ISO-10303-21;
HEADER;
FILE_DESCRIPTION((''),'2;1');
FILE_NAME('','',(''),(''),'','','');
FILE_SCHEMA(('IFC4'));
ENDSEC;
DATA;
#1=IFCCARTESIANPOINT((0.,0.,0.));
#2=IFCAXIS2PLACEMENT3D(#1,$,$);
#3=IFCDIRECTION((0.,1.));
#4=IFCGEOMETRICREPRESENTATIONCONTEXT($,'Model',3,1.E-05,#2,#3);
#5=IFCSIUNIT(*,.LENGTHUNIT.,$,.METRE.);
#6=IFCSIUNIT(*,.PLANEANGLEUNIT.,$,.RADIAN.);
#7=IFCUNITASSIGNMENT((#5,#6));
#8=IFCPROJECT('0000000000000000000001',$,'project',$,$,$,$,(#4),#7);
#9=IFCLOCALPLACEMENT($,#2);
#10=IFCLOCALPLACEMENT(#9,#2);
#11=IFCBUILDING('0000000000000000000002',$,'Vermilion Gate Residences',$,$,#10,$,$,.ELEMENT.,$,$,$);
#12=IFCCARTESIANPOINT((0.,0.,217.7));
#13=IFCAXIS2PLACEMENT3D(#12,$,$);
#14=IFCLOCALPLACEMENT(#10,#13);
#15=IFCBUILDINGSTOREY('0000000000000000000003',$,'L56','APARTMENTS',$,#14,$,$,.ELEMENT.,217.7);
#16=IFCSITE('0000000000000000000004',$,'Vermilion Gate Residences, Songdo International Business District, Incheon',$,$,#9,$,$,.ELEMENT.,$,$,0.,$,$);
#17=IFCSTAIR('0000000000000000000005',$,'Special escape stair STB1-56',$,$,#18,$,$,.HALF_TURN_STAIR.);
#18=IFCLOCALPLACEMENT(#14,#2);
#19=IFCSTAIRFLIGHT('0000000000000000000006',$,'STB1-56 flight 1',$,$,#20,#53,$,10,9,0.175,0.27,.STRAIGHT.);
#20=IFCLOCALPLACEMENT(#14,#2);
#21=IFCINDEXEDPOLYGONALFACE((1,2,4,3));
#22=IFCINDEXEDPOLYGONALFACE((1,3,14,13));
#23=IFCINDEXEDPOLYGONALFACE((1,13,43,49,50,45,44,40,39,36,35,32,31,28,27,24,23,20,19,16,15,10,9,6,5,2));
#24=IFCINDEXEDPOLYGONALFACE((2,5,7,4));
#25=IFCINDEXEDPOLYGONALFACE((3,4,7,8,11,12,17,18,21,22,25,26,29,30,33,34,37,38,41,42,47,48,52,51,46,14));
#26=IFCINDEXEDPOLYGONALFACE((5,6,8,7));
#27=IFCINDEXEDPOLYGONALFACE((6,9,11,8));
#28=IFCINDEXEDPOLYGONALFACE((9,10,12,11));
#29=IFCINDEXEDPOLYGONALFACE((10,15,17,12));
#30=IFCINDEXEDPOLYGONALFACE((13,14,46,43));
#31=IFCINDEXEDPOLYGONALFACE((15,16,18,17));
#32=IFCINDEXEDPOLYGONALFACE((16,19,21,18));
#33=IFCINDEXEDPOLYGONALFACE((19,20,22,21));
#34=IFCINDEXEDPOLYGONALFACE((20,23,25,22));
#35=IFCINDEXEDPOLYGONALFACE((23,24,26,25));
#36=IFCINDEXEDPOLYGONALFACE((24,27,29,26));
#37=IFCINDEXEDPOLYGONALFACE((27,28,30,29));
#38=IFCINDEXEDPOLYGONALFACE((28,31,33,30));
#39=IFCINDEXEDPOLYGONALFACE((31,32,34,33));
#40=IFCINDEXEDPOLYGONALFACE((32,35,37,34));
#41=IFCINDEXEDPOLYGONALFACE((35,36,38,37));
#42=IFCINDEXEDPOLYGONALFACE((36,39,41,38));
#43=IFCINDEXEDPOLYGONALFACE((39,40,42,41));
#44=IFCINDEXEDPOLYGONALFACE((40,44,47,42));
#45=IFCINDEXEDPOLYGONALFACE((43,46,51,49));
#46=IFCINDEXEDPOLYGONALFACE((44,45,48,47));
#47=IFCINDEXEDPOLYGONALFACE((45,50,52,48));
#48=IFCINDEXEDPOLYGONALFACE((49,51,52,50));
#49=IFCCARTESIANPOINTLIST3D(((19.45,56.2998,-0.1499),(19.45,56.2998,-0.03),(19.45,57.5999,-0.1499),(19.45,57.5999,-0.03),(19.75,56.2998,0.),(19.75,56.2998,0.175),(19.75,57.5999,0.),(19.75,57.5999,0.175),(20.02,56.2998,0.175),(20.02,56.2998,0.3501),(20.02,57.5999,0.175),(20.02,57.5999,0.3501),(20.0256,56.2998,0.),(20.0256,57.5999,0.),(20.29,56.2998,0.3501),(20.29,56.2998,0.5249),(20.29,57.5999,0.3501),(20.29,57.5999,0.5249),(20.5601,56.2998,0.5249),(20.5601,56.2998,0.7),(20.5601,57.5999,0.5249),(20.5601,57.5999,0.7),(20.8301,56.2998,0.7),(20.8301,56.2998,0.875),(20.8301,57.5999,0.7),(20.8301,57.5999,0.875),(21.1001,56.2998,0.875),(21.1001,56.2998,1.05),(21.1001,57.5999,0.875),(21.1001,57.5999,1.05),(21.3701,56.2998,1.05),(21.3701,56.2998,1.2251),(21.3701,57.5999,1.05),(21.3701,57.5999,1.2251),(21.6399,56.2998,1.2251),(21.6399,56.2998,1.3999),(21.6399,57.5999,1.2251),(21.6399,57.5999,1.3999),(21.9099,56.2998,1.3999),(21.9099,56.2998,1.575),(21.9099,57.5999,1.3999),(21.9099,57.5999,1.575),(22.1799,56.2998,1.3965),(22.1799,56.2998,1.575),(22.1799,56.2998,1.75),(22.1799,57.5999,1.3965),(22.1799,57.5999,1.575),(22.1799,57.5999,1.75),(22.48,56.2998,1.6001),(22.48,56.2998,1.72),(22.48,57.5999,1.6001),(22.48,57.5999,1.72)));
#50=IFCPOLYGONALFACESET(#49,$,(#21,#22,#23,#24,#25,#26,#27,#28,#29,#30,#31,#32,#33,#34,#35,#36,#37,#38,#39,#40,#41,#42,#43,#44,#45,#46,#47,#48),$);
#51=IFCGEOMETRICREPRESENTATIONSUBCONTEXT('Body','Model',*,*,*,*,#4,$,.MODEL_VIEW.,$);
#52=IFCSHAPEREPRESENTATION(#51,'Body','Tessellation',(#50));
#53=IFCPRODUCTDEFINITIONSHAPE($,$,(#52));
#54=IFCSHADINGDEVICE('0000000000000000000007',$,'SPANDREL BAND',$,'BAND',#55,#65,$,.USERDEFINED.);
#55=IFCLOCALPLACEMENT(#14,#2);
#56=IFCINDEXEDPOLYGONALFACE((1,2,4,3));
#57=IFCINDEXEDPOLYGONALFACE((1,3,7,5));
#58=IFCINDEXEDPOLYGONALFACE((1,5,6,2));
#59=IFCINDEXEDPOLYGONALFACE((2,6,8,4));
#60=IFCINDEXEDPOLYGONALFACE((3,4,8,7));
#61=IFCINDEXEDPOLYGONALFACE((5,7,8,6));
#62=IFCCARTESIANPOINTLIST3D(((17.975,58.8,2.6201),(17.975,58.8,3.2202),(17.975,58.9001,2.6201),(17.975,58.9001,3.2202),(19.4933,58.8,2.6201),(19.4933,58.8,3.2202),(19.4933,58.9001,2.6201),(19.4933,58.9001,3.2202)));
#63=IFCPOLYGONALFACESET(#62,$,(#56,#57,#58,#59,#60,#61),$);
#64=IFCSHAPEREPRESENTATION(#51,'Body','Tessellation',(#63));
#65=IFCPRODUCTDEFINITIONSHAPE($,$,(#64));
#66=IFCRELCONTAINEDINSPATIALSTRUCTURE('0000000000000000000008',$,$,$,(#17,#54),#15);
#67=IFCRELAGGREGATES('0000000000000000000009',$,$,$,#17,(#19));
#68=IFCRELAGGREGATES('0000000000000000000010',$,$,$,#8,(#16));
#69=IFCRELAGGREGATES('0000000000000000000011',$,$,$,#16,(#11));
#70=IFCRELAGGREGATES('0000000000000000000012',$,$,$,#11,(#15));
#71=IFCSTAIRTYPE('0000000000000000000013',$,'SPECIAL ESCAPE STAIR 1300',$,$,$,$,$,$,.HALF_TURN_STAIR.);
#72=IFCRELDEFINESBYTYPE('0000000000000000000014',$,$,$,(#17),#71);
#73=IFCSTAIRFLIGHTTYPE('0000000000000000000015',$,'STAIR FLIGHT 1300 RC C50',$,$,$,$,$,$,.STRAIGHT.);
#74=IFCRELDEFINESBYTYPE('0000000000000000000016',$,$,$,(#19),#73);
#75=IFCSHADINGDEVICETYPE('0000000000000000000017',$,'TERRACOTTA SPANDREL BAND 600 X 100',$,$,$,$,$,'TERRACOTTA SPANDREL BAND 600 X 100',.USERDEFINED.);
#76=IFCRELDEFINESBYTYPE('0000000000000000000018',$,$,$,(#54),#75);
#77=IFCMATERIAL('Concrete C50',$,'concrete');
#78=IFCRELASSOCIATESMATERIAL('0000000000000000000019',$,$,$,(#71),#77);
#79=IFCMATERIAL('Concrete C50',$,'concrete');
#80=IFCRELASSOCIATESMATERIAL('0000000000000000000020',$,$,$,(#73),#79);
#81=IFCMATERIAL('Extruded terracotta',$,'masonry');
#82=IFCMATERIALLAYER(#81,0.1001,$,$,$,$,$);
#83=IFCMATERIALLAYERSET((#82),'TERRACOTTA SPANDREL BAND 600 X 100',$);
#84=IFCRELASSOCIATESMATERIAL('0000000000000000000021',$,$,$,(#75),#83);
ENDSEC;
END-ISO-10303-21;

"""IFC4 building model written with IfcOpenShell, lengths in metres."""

from ifc_helpers import new_model, si_unit, direction, frame, origin, origin_2d, place, context, subcontext, project, spatial, polyline, rectangle, outline, extrude, material, layer, layer_set, type_object, element, aggregate, save


model = new_model("IFC4")

# Units and contexts
model_context = context("Model", 3, precision=1e-05, world=origin(), true_north=direction((0.0, 1.0)))
body_context = subcontext(model_context, "Body", "Model", "MODEL_VIEW")
ifc_project = project(units=[si_unit("LENGTHUNIT", "METRE"), si_unit("PLANEANGLEUNIT", "RADIAN")], contexts=[model_context])

# Site, building, storey
site_placement = place(None, origin())
site = spatial("IfcSite", under=ifc_project, at=site_placement, Name="Vermilion Gate Residences, Songdo International Business District, Incheon", CompositionType="ELEMENT", RefElevation=0.0)
building_placement = place(site_placement, origin())
building = spatial("IfcBuilding", under=site, at=building_placement, Name="Vermilion Gate Residences", CompositionType="ELEMENT")
storey_placement = place(building_placement, frame((0.0, 0.0, 217.7)))
storey = spatial("IfcBuildingStorey", under=building, at=storey_placement, Name="L56", Description="APARTMENTS", CompositionType="ELEMENT", Elevation=217.7)

# Stair, stair flight
ifc_material_1 = material(Name="Concrete C50", Category="concrete")
stair_type = type_object("IfcStairType", Name="SPECIAL ESCAPE STAIR 1300", PredefinedType="HALF_TURN_STAIR", material=ifc_material_1)
stair_placement = place(storey_placement, origin())
stair = element("IfcStair", 1, at=stair_placement, inside=storey, type_object=stair_type, Name="Special escape stair STB1-56", PredefinedType="HALF_TURN_STAIR")
ifc_material_2 = material(Name="Concrete C50", Category="concrete")
stair_flight_type = type_object("IfcStairFlightType", Name="STAIR FLIGHT 1300 RC C50", PredefinedType="STRAIGHT", material=ifc_material_2)
stair_flight_placement = place(storey_placement, frame((19.75, 56.95, 0.0), z_axis=(0.0, 0.0, 1.0), x_axis=(1.0, 0.0, 0.0)))
stair_flight = element("IfcStairFlight", 2, at=stair_flight_placement, type_object=stair_flight_type, Name="STB1-56 flight 1", NumberOfRisers=10, NumberOfTreads=9, PredefinedType="STRAIGHT", RiserHeight=0.175, TreadLength=0.27, context=body_context, shape_type="SweptSolid", body=[
    extrude(outline(polyline([(-0.3, -0.1499), (-0.3, -0.03), (0.0, 0.0), (0.0, 0.175), (0.27, 0.175), (0.27, 0.3501), (0.54, 0.3501), (0.54, 0.5249), (0.8101, 0.5249), (0.8101, 0.7), (1.0801, 0.7), (1.0801, 0.875), (1.3501, 0.875), (1.3501, 1.05), (1.6201, 1.05), (1.6201, 1.2251), (1.8899, 1.2251), (1.8899, 1.3999), (2.1599, 1.3999), (2.1599, 1.575), (2.4299, 1.575), (2.4299, 1.75), (2.73, 1.72), (2.73, 1.6001), (2.4299, 1.3965), (0.2756, 0.0), (-0.3, -0.1499)])), frame((0.0, 0.6499, 0.0), z_axis=(0.0, -1.0, 0.0), x_axis=(1.0, 0.0, 0.0)), (0.0, 0.0, 1.0), 1.3),
])
aggregate(stair, [stair_flight])

# Shading device
ifc_material_3 = material(Name="Extruded terracotta", Category="masonry")
ifc_layer_1 = layer(ifc_material_3, 0.1001)
ifc_layer_set_1 = layer_set([ifc_layer_1], Name="TERRACOTTA SPANDREL BAND 600 X 100")
shading_device_type = type_object("IfcShadingDeviceType", Name="TERRACOTTA SPANDREL BAND 600 X 100", ElementType="TERRACOTTA SPANDREL BAND 600 X 100", PredefinedType="USERDEFINED", material=ifc_layer_set_1)
shading_device_placement = place(storey_placement, frame((18.7341, 58.8501, 2.6201), z_axis=(0.0, 0.0, 1.0), x_axis=(1.0, 0.0, 0.0)))
element("IfcShadingDevice", 3, at=shading_device_placement, inside=storey, type_object=shading_device_type, Name="SPANDREL BAND", ObjectType="BAND", PredefinedType="USERDEFINED", context=body_context, shape_type="SweptSolid", body=[
    extrude(rectangle(XDim=1.5183, YDim=0.1001, at=origin_2d()), origin(), (0.0, 0.0, 1.0), 0.6001),
])

save(model, "model.ifc")
